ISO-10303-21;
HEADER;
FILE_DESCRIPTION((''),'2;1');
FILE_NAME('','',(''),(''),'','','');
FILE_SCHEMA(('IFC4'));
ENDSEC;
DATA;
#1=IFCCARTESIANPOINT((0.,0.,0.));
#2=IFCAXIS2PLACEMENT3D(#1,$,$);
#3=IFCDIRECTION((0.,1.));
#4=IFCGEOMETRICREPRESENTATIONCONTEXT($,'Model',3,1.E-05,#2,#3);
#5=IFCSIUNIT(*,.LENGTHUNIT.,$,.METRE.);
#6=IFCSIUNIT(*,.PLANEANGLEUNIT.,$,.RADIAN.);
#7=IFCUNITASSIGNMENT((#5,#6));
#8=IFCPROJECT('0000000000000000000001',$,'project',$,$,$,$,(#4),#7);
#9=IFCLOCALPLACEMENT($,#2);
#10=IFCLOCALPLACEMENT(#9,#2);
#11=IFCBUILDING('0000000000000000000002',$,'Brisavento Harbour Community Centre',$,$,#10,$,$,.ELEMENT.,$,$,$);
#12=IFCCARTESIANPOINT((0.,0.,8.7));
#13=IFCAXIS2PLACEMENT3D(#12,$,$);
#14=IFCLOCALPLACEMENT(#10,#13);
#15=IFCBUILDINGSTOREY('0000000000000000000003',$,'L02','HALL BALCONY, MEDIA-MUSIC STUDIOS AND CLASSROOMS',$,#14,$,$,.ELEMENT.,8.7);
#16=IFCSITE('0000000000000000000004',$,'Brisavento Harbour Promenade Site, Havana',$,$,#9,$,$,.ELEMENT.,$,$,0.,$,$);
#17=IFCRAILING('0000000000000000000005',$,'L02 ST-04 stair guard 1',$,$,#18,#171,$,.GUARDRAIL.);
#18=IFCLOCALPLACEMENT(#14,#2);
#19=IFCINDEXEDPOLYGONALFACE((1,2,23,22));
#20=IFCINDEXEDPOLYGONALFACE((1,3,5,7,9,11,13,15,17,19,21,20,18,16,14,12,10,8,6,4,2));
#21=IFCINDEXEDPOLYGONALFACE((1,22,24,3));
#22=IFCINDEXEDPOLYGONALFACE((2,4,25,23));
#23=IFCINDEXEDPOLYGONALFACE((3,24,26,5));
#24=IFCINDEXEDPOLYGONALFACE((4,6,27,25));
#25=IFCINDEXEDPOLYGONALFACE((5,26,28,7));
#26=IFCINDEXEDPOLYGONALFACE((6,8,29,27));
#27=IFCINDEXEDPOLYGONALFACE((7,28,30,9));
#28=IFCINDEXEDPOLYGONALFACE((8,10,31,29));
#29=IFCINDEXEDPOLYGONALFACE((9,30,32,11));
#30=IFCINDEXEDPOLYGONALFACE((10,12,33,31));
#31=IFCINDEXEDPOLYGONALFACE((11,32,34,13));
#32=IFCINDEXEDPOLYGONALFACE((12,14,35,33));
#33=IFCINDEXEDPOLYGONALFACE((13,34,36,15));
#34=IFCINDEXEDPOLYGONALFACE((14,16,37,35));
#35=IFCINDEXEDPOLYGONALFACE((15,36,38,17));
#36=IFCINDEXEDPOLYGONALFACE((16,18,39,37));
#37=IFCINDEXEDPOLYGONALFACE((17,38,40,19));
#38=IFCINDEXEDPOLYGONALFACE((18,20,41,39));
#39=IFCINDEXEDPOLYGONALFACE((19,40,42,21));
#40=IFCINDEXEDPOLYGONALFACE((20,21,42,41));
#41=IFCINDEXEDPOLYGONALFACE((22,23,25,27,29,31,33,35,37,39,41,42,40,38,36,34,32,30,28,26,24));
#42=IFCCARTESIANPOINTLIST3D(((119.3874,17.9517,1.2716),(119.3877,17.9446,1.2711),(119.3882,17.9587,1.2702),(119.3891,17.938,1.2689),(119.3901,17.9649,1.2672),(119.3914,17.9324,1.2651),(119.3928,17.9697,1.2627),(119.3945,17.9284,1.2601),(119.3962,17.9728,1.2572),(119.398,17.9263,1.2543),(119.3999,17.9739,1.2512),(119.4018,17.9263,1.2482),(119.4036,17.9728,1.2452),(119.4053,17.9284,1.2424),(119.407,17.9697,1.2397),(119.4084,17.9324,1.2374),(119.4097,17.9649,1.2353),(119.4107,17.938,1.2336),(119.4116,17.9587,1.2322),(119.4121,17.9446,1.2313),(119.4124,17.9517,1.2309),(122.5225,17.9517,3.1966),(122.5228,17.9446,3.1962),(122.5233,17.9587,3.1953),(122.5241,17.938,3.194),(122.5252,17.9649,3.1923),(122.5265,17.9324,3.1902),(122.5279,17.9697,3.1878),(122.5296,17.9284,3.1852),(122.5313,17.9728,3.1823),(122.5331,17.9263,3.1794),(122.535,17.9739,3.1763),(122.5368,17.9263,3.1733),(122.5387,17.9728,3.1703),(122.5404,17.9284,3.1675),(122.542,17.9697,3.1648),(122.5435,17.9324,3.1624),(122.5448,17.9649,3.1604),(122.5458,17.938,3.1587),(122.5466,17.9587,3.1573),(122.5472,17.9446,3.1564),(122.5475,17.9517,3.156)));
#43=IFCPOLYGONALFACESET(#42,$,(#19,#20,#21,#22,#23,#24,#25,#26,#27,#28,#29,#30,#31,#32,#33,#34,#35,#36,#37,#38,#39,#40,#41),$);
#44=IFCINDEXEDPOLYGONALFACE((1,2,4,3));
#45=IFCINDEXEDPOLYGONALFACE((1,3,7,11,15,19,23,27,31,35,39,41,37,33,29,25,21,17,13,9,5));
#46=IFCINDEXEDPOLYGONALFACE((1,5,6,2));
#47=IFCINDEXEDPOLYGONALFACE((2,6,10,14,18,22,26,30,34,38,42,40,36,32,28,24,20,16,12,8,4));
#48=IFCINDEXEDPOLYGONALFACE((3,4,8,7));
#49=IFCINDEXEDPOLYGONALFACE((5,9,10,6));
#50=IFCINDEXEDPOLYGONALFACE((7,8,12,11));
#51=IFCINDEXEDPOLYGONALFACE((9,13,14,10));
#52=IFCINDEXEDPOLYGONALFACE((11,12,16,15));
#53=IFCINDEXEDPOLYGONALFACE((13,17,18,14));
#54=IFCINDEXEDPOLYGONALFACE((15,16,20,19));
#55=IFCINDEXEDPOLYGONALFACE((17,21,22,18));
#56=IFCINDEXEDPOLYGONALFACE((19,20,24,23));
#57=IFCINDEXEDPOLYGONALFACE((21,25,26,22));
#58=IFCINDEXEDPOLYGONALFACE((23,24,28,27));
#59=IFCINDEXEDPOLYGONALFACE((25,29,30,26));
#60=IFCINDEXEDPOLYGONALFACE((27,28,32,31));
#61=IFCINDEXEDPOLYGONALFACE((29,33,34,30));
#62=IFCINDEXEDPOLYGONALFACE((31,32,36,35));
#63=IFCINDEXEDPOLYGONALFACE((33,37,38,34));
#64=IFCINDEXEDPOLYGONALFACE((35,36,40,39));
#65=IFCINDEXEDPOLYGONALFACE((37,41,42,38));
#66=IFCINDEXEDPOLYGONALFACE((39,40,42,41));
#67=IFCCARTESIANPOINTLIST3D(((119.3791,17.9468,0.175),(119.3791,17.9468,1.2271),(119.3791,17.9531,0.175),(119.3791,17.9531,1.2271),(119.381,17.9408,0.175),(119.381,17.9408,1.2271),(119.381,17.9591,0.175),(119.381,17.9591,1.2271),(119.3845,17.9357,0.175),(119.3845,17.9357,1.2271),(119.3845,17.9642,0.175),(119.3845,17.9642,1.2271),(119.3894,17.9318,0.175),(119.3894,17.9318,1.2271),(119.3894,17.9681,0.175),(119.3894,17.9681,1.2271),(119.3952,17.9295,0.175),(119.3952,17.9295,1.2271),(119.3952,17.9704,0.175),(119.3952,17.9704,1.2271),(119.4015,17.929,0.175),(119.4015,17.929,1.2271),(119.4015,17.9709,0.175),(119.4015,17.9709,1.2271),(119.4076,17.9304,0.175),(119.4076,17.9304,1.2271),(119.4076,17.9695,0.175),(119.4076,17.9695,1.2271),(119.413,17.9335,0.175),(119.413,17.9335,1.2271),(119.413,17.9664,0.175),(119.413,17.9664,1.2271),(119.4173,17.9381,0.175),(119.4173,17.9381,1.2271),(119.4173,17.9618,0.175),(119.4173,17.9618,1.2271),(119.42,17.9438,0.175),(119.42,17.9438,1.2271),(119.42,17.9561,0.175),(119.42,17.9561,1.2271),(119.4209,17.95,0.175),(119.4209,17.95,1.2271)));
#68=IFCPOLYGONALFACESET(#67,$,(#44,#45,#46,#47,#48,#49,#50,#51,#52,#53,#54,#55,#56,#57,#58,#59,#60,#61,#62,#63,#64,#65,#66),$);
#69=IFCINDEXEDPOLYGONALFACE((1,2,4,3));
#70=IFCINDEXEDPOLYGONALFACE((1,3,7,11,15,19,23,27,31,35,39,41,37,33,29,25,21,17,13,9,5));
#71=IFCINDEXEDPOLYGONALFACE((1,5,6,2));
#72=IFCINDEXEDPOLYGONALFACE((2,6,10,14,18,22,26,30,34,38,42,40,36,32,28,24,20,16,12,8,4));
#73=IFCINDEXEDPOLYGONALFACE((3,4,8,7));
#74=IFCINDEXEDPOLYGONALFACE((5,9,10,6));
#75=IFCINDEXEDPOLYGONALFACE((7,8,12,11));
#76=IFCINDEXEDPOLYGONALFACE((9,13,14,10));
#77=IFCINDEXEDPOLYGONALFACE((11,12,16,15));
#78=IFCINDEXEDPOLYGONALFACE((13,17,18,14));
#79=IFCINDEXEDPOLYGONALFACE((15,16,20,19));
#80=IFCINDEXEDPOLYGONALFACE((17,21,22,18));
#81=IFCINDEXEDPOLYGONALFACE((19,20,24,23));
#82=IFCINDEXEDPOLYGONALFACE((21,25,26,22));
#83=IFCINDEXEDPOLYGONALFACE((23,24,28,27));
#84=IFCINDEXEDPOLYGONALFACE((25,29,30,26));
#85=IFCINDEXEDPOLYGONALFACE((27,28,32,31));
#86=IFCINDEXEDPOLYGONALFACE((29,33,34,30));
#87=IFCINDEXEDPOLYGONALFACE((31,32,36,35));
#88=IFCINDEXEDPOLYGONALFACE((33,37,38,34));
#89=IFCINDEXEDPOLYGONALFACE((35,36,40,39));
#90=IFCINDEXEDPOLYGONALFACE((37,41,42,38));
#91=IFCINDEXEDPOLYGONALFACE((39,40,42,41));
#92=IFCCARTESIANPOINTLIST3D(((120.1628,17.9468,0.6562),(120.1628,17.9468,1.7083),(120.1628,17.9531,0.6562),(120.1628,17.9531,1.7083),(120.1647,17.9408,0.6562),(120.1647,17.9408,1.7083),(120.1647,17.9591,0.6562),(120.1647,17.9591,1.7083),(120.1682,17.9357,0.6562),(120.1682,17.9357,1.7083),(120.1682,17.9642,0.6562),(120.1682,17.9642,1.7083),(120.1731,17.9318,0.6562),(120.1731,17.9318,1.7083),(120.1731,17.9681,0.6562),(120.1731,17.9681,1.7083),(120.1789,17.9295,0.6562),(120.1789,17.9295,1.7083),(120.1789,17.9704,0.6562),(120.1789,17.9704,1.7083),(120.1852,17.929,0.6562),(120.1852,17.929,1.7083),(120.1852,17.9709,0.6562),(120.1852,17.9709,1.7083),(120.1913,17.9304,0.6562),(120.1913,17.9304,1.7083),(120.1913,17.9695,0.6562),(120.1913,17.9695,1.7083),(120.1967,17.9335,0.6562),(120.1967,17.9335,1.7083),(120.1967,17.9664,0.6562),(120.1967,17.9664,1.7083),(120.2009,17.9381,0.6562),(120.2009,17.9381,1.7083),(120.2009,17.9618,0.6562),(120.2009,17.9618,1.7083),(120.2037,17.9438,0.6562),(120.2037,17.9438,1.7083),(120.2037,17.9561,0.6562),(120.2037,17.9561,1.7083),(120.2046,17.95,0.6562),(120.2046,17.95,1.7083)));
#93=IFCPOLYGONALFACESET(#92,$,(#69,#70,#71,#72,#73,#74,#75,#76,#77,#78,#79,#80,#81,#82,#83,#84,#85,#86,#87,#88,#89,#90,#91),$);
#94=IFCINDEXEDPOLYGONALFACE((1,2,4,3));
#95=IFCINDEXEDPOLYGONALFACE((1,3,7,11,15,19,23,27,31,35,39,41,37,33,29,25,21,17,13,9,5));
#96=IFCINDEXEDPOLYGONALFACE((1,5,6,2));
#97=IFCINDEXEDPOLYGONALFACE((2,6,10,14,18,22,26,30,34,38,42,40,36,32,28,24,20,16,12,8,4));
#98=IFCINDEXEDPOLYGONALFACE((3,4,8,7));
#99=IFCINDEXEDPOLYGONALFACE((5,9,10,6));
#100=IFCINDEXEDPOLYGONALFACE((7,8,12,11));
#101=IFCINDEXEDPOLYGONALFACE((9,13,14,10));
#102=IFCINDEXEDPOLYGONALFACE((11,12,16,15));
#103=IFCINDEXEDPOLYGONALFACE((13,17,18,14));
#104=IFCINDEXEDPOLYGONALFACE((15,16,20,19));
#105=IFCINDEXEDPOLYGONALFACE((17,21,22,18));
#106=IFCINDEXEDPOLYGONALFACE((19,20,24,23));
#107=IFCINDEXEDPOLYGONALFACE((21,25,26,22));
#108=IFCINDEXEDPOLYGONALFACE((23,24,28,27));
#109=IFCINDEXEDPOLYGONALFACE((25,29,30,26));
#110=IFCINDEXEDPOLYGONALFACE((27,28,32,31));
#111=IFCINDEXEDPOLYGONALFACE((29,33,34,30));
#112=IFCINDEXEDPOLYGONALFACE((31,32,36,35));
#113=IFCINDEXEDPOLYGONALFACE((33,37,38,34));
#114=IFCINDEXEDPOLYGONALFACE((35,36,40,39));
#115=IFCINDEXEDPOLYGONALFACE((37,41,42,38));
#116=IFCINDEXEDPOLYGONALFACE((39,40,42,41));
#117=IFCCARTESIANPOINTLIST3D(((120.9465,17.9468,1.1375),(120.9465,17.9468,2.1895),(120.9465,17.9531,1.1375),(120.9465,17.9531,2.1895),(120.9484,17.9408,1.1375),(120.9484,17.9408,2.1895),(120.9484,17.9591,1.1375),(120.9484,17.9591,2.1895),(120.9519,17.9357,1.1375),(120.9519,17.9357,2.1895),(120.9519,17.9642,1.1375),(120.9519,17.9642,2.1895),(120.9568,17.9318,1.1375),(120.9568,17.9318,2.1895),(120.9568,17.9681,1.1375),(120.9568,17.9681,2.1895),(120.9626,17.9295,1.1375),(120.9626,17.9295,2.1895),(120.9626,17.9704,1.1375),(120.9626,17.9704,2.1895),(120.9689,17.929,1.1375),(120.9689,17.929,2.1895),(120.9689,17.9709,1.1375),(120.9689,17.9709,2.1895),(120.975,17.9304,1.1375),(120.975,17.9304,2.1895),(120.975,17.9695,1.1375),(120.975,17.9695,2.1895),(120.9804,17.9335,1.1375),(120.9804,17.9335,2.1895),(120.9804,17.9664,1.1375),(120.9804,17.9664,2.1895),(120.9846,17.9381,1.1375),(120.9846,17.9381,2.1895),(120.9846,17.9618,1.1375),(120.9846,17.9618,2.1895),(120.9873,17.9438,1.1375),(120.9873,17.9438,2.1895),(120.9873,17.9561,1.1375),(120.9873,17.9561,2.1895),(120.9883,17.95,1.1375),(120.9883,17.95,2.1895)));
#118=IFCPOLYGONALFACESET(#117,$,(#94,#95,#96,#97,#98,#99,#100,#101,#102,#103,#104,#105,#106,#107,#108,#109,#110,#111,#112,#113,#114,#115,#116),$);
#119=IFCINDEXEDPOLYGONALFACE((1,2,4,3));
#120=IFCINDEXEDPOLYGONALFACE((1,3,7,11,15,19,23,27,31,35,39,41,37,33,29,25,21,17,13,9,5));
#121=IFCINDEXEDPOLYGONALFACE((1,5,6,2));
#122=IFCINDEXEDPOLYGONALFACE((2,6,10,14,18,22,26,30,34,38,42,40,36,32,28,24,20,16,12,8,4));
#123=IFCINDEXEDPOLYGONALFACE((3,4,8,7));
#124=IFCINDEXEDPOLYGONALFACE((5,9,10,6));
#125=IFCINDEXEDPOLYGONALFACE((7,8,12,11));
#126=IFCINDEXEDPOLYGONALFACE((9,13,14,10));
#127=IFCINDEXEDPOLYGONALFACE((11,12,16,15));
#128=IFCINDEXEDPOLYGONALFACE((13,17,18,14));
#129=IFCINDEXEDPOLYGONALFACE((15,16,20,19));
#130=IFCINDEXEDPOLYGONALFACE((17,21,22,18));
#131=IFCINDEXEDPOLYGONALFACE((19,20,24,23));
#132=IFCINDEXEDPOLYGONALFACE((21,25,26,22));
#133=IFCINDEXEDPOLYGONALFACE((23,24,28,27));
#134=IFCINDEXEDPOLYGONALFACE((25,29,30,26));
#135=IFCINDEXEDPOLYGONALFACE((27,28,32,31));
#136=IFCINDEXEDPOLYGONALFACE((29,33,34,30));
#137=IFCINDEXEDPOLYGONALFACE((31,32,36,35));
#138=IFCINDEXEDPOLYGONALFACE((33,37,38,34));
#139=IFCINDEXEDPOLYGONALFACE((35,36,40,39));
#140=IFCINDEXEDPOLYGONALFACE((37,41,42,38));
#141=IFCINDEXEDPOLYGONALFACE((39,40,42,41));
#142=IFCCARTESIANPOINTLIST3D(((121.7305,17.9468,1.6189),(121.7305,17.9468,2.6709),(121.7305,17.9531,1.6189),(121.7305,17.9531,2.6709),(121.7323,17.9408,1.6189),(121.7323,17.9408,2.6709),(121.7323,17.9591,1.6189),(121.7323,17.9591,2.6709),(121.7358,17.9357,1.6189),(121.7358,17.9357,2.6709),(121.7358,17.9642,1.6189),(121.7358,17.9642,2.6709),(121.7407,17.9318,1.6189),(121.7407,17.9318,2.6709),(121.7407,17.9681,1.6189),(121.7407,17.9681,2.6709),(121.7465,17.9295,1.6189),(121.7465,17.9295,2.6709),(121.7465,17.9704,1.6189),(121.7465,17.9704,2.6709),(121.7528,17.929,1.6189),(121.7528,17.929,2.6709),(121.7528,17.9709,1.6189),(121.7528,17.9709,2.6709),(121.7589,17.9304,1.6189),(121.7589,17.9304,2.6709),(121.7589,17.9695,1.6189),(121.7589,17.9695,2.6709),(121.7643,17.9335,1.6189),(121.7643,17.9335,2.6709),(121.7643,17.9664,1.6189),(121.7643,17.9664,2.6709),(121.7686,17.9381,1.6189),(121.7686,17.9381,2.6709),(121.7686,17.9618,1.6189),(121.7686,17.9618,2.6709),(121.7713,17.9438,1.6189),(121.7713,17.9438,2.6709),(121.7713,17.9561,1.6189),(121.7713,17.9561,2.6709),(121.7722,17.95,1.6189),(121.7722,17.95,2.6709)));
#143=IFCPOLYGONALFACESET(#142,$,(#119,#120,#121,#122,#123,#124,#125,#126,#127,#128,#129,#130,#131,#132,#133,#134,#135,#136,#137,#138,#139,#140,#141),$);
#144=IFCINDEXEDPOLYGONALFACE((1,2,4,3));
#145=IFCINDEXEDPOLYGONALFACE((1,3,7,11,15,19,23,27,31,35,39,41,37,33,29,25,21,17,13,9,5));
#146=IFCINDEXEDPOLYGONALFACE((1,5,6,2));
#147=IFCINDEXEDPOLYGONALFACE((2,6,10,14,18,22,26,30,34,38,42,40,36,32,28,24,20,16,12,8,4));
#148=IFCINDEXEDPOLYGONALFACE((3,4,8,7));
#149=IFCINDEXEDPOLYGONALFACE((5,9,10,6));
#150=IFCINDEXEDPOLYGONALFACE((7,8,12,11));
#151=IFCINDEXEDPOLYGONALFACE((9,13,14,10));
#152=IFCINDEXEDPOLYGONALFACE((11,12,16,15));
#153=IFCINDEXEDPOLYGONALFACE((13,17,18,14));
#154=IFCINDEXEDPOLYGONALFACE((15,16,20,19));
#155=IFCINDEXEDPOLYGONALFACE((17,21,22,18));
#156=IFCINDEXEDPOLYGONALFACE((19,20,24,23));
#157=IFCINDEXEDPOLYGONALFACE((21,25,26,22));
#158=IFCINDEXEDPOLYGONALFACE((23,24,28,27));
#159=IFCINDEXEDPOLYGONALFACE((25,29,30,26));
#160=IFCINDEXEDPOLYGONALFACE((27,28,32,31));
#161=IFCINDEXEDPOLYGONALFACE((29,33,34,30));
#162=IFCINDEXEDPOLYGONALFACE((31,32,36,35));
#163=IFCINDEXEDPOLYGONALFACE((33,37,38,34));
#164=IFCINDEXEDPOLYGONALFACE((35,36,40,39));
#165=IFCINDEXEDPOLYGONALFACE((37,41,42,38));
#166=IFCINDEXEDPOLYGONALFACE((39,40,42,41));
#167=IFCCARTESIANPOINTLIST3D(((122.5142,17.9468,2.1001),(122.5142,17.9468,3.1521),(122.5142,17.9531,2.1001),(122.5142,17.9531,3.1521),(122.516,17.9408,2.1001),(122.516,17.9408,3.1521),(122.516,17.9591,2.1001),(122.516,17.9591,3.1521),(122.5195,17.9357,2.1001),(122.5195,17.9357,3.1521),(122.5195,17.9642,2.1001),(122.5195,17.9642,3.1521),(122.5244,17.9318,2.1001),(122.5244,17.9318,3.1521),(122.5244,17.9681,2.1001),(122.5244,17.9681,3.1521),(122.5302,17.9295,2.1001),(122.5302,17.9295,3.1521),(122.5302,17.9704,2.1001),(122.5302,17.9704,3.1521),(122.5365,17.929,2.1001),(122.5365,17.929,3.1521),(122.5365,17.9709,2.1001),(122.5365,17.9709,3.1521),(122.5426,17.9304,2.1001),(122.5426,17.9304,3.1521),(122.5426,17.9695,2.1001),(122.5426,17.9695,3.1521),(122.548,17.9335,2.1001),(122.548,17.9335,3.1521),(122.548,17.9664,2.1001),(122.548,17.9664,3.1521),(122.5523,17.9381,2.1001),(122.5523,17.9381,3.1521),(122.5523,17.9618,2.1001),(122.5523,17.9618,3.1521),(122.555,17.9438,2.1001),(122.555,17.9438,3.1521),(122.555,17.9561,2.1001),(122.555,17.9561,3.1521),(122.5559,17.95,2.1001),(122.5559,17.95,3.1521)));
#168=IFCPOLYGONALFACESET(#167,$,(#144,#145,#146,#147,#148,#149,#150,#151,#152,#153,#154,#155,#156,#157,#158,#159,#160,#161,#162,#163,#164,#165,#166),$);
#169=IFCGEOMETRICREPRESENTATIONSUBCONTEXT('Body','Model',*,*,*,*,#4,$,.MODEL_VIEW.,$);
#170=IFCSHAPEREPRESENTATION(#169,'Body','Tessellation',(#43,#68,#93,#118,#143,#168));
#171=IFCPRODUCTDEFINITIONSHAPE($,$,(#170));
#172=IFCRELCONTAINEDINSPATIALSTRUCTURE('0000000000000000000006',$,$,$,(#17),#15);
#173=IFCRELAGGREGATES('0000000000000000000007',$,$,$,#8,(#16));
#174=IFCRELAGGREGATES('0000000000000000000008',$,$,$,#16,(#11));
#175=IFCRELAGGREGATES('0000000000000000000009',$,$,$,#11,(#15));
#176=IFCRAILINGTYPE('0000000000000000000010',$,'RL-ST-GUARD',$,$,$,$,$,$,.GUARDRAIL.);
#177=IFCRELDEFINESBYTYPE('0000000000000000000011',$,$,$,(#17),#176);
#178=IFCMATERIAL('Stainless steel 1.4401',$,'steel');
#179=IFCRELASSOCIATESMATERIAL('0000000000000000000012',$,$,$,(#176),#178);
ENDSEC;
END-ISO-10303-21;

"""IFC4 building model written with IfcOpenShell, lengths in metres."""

from ifc_helpers import new_model, si_unit, direction, frame, origin, origin_2d, place, context, subcontext, project, spatial, circle, extrude, material, type_object, element, save


model = new_model("IFC4")

# Units and contexts
model_context = context("Model", 3, precision=1e-05, world=origin(), true_north=direction((0.0, 1.0)))
body_context = subcontext(model_context, "Body", "Model", "MODEL_VIEW")
ifc_project = project(units=[si_unit("LENGTHUNIT", "METRE"), si_unit("PLANEANGLEUNIT", "RADIAN")], contexts=[model_context])

# Site, building, storey
site_placement = place(None, origin())
site = spatial("IfcSite", under=ifc_project, at=site_placement, Name="Brisavento Harbour Promenade Site, Havana", CompositionType="ELEMENT", RefElevation=0.0)
building_placement = place(site_placement, origin())
building = spatial("IfcBuilding", under=site, at=building_placement, Name="Brisavento Harbour Community Centre", CompositionType="ELEMENT")
storey_placement = place(building_placement, frame((0.0, 0.0, 8.7)))
storey = spatial("IfcBuildingStorey", under=building, at=storey_placement, Name="L02", Description="HALL BALCONY, MEDIA-MUSIC STUDIOS AND CLASSROOMS", CompositionType="ELEMENT", Elevation=8.7)

# Railing
ifc_material_1 = material(Name="Stainless steel 1.4401", Category="steel")
railing_type_1 = type_object("IfcRailingType", Name="RL-ST-GUARD", PredefinedType="GUARDRAIL", material=ifc_material_1)
railing_1_placement = place(storey_placement, frame((119.3999, 17.95, 0.175)))
element("IfcRailing", 1, at=railing_1_placement, inside=storey, type_object=railing_type_1, Name="L02 ST-04 stair guard 1", PredefinedType="GUARDRAIL", context=body_context, shape_type="SweptSolid", body=[
    extrude(circle(Radius=0.0239, at=origin_2d()), frame((0.0, 0.0, 1.0762), z_axis=(0.852166, 0.0, 0.523271), x_axis=(0.0, 1.0, 0.0)), (0.0, 0.0, 1.0), 3.679),
    extrude(circle(Radius=0.021, at=origin_2d()), origin(), (0.0, 0.0, 1.0), 1.052),
    extrude(circle(Radius=0.021, at=origin_2d()), frame((0.7837, 0.0, 0.4812)), (0.0, 0.0, 1.0), 1.052),
    extrude(circle(Radius=0.021, at=origin_2d()), frame((1.5674, 0.0, 0.9624)), (0.0, 0.0, 1.0), 1.052),
    extrude(circle(Radius=0.021, at=origin_2d()), frame((2.3513, 0.0, 1.4438)), (0.0, 0.0, 1.0), 1.052),
    extrude(circle(Radius=0.021, at=origin_2d()), frame((3.135, 0.0, 1.925)), (0.0, 0.0, 1.0), 1.052),
])

save(model, "model.ifc")
